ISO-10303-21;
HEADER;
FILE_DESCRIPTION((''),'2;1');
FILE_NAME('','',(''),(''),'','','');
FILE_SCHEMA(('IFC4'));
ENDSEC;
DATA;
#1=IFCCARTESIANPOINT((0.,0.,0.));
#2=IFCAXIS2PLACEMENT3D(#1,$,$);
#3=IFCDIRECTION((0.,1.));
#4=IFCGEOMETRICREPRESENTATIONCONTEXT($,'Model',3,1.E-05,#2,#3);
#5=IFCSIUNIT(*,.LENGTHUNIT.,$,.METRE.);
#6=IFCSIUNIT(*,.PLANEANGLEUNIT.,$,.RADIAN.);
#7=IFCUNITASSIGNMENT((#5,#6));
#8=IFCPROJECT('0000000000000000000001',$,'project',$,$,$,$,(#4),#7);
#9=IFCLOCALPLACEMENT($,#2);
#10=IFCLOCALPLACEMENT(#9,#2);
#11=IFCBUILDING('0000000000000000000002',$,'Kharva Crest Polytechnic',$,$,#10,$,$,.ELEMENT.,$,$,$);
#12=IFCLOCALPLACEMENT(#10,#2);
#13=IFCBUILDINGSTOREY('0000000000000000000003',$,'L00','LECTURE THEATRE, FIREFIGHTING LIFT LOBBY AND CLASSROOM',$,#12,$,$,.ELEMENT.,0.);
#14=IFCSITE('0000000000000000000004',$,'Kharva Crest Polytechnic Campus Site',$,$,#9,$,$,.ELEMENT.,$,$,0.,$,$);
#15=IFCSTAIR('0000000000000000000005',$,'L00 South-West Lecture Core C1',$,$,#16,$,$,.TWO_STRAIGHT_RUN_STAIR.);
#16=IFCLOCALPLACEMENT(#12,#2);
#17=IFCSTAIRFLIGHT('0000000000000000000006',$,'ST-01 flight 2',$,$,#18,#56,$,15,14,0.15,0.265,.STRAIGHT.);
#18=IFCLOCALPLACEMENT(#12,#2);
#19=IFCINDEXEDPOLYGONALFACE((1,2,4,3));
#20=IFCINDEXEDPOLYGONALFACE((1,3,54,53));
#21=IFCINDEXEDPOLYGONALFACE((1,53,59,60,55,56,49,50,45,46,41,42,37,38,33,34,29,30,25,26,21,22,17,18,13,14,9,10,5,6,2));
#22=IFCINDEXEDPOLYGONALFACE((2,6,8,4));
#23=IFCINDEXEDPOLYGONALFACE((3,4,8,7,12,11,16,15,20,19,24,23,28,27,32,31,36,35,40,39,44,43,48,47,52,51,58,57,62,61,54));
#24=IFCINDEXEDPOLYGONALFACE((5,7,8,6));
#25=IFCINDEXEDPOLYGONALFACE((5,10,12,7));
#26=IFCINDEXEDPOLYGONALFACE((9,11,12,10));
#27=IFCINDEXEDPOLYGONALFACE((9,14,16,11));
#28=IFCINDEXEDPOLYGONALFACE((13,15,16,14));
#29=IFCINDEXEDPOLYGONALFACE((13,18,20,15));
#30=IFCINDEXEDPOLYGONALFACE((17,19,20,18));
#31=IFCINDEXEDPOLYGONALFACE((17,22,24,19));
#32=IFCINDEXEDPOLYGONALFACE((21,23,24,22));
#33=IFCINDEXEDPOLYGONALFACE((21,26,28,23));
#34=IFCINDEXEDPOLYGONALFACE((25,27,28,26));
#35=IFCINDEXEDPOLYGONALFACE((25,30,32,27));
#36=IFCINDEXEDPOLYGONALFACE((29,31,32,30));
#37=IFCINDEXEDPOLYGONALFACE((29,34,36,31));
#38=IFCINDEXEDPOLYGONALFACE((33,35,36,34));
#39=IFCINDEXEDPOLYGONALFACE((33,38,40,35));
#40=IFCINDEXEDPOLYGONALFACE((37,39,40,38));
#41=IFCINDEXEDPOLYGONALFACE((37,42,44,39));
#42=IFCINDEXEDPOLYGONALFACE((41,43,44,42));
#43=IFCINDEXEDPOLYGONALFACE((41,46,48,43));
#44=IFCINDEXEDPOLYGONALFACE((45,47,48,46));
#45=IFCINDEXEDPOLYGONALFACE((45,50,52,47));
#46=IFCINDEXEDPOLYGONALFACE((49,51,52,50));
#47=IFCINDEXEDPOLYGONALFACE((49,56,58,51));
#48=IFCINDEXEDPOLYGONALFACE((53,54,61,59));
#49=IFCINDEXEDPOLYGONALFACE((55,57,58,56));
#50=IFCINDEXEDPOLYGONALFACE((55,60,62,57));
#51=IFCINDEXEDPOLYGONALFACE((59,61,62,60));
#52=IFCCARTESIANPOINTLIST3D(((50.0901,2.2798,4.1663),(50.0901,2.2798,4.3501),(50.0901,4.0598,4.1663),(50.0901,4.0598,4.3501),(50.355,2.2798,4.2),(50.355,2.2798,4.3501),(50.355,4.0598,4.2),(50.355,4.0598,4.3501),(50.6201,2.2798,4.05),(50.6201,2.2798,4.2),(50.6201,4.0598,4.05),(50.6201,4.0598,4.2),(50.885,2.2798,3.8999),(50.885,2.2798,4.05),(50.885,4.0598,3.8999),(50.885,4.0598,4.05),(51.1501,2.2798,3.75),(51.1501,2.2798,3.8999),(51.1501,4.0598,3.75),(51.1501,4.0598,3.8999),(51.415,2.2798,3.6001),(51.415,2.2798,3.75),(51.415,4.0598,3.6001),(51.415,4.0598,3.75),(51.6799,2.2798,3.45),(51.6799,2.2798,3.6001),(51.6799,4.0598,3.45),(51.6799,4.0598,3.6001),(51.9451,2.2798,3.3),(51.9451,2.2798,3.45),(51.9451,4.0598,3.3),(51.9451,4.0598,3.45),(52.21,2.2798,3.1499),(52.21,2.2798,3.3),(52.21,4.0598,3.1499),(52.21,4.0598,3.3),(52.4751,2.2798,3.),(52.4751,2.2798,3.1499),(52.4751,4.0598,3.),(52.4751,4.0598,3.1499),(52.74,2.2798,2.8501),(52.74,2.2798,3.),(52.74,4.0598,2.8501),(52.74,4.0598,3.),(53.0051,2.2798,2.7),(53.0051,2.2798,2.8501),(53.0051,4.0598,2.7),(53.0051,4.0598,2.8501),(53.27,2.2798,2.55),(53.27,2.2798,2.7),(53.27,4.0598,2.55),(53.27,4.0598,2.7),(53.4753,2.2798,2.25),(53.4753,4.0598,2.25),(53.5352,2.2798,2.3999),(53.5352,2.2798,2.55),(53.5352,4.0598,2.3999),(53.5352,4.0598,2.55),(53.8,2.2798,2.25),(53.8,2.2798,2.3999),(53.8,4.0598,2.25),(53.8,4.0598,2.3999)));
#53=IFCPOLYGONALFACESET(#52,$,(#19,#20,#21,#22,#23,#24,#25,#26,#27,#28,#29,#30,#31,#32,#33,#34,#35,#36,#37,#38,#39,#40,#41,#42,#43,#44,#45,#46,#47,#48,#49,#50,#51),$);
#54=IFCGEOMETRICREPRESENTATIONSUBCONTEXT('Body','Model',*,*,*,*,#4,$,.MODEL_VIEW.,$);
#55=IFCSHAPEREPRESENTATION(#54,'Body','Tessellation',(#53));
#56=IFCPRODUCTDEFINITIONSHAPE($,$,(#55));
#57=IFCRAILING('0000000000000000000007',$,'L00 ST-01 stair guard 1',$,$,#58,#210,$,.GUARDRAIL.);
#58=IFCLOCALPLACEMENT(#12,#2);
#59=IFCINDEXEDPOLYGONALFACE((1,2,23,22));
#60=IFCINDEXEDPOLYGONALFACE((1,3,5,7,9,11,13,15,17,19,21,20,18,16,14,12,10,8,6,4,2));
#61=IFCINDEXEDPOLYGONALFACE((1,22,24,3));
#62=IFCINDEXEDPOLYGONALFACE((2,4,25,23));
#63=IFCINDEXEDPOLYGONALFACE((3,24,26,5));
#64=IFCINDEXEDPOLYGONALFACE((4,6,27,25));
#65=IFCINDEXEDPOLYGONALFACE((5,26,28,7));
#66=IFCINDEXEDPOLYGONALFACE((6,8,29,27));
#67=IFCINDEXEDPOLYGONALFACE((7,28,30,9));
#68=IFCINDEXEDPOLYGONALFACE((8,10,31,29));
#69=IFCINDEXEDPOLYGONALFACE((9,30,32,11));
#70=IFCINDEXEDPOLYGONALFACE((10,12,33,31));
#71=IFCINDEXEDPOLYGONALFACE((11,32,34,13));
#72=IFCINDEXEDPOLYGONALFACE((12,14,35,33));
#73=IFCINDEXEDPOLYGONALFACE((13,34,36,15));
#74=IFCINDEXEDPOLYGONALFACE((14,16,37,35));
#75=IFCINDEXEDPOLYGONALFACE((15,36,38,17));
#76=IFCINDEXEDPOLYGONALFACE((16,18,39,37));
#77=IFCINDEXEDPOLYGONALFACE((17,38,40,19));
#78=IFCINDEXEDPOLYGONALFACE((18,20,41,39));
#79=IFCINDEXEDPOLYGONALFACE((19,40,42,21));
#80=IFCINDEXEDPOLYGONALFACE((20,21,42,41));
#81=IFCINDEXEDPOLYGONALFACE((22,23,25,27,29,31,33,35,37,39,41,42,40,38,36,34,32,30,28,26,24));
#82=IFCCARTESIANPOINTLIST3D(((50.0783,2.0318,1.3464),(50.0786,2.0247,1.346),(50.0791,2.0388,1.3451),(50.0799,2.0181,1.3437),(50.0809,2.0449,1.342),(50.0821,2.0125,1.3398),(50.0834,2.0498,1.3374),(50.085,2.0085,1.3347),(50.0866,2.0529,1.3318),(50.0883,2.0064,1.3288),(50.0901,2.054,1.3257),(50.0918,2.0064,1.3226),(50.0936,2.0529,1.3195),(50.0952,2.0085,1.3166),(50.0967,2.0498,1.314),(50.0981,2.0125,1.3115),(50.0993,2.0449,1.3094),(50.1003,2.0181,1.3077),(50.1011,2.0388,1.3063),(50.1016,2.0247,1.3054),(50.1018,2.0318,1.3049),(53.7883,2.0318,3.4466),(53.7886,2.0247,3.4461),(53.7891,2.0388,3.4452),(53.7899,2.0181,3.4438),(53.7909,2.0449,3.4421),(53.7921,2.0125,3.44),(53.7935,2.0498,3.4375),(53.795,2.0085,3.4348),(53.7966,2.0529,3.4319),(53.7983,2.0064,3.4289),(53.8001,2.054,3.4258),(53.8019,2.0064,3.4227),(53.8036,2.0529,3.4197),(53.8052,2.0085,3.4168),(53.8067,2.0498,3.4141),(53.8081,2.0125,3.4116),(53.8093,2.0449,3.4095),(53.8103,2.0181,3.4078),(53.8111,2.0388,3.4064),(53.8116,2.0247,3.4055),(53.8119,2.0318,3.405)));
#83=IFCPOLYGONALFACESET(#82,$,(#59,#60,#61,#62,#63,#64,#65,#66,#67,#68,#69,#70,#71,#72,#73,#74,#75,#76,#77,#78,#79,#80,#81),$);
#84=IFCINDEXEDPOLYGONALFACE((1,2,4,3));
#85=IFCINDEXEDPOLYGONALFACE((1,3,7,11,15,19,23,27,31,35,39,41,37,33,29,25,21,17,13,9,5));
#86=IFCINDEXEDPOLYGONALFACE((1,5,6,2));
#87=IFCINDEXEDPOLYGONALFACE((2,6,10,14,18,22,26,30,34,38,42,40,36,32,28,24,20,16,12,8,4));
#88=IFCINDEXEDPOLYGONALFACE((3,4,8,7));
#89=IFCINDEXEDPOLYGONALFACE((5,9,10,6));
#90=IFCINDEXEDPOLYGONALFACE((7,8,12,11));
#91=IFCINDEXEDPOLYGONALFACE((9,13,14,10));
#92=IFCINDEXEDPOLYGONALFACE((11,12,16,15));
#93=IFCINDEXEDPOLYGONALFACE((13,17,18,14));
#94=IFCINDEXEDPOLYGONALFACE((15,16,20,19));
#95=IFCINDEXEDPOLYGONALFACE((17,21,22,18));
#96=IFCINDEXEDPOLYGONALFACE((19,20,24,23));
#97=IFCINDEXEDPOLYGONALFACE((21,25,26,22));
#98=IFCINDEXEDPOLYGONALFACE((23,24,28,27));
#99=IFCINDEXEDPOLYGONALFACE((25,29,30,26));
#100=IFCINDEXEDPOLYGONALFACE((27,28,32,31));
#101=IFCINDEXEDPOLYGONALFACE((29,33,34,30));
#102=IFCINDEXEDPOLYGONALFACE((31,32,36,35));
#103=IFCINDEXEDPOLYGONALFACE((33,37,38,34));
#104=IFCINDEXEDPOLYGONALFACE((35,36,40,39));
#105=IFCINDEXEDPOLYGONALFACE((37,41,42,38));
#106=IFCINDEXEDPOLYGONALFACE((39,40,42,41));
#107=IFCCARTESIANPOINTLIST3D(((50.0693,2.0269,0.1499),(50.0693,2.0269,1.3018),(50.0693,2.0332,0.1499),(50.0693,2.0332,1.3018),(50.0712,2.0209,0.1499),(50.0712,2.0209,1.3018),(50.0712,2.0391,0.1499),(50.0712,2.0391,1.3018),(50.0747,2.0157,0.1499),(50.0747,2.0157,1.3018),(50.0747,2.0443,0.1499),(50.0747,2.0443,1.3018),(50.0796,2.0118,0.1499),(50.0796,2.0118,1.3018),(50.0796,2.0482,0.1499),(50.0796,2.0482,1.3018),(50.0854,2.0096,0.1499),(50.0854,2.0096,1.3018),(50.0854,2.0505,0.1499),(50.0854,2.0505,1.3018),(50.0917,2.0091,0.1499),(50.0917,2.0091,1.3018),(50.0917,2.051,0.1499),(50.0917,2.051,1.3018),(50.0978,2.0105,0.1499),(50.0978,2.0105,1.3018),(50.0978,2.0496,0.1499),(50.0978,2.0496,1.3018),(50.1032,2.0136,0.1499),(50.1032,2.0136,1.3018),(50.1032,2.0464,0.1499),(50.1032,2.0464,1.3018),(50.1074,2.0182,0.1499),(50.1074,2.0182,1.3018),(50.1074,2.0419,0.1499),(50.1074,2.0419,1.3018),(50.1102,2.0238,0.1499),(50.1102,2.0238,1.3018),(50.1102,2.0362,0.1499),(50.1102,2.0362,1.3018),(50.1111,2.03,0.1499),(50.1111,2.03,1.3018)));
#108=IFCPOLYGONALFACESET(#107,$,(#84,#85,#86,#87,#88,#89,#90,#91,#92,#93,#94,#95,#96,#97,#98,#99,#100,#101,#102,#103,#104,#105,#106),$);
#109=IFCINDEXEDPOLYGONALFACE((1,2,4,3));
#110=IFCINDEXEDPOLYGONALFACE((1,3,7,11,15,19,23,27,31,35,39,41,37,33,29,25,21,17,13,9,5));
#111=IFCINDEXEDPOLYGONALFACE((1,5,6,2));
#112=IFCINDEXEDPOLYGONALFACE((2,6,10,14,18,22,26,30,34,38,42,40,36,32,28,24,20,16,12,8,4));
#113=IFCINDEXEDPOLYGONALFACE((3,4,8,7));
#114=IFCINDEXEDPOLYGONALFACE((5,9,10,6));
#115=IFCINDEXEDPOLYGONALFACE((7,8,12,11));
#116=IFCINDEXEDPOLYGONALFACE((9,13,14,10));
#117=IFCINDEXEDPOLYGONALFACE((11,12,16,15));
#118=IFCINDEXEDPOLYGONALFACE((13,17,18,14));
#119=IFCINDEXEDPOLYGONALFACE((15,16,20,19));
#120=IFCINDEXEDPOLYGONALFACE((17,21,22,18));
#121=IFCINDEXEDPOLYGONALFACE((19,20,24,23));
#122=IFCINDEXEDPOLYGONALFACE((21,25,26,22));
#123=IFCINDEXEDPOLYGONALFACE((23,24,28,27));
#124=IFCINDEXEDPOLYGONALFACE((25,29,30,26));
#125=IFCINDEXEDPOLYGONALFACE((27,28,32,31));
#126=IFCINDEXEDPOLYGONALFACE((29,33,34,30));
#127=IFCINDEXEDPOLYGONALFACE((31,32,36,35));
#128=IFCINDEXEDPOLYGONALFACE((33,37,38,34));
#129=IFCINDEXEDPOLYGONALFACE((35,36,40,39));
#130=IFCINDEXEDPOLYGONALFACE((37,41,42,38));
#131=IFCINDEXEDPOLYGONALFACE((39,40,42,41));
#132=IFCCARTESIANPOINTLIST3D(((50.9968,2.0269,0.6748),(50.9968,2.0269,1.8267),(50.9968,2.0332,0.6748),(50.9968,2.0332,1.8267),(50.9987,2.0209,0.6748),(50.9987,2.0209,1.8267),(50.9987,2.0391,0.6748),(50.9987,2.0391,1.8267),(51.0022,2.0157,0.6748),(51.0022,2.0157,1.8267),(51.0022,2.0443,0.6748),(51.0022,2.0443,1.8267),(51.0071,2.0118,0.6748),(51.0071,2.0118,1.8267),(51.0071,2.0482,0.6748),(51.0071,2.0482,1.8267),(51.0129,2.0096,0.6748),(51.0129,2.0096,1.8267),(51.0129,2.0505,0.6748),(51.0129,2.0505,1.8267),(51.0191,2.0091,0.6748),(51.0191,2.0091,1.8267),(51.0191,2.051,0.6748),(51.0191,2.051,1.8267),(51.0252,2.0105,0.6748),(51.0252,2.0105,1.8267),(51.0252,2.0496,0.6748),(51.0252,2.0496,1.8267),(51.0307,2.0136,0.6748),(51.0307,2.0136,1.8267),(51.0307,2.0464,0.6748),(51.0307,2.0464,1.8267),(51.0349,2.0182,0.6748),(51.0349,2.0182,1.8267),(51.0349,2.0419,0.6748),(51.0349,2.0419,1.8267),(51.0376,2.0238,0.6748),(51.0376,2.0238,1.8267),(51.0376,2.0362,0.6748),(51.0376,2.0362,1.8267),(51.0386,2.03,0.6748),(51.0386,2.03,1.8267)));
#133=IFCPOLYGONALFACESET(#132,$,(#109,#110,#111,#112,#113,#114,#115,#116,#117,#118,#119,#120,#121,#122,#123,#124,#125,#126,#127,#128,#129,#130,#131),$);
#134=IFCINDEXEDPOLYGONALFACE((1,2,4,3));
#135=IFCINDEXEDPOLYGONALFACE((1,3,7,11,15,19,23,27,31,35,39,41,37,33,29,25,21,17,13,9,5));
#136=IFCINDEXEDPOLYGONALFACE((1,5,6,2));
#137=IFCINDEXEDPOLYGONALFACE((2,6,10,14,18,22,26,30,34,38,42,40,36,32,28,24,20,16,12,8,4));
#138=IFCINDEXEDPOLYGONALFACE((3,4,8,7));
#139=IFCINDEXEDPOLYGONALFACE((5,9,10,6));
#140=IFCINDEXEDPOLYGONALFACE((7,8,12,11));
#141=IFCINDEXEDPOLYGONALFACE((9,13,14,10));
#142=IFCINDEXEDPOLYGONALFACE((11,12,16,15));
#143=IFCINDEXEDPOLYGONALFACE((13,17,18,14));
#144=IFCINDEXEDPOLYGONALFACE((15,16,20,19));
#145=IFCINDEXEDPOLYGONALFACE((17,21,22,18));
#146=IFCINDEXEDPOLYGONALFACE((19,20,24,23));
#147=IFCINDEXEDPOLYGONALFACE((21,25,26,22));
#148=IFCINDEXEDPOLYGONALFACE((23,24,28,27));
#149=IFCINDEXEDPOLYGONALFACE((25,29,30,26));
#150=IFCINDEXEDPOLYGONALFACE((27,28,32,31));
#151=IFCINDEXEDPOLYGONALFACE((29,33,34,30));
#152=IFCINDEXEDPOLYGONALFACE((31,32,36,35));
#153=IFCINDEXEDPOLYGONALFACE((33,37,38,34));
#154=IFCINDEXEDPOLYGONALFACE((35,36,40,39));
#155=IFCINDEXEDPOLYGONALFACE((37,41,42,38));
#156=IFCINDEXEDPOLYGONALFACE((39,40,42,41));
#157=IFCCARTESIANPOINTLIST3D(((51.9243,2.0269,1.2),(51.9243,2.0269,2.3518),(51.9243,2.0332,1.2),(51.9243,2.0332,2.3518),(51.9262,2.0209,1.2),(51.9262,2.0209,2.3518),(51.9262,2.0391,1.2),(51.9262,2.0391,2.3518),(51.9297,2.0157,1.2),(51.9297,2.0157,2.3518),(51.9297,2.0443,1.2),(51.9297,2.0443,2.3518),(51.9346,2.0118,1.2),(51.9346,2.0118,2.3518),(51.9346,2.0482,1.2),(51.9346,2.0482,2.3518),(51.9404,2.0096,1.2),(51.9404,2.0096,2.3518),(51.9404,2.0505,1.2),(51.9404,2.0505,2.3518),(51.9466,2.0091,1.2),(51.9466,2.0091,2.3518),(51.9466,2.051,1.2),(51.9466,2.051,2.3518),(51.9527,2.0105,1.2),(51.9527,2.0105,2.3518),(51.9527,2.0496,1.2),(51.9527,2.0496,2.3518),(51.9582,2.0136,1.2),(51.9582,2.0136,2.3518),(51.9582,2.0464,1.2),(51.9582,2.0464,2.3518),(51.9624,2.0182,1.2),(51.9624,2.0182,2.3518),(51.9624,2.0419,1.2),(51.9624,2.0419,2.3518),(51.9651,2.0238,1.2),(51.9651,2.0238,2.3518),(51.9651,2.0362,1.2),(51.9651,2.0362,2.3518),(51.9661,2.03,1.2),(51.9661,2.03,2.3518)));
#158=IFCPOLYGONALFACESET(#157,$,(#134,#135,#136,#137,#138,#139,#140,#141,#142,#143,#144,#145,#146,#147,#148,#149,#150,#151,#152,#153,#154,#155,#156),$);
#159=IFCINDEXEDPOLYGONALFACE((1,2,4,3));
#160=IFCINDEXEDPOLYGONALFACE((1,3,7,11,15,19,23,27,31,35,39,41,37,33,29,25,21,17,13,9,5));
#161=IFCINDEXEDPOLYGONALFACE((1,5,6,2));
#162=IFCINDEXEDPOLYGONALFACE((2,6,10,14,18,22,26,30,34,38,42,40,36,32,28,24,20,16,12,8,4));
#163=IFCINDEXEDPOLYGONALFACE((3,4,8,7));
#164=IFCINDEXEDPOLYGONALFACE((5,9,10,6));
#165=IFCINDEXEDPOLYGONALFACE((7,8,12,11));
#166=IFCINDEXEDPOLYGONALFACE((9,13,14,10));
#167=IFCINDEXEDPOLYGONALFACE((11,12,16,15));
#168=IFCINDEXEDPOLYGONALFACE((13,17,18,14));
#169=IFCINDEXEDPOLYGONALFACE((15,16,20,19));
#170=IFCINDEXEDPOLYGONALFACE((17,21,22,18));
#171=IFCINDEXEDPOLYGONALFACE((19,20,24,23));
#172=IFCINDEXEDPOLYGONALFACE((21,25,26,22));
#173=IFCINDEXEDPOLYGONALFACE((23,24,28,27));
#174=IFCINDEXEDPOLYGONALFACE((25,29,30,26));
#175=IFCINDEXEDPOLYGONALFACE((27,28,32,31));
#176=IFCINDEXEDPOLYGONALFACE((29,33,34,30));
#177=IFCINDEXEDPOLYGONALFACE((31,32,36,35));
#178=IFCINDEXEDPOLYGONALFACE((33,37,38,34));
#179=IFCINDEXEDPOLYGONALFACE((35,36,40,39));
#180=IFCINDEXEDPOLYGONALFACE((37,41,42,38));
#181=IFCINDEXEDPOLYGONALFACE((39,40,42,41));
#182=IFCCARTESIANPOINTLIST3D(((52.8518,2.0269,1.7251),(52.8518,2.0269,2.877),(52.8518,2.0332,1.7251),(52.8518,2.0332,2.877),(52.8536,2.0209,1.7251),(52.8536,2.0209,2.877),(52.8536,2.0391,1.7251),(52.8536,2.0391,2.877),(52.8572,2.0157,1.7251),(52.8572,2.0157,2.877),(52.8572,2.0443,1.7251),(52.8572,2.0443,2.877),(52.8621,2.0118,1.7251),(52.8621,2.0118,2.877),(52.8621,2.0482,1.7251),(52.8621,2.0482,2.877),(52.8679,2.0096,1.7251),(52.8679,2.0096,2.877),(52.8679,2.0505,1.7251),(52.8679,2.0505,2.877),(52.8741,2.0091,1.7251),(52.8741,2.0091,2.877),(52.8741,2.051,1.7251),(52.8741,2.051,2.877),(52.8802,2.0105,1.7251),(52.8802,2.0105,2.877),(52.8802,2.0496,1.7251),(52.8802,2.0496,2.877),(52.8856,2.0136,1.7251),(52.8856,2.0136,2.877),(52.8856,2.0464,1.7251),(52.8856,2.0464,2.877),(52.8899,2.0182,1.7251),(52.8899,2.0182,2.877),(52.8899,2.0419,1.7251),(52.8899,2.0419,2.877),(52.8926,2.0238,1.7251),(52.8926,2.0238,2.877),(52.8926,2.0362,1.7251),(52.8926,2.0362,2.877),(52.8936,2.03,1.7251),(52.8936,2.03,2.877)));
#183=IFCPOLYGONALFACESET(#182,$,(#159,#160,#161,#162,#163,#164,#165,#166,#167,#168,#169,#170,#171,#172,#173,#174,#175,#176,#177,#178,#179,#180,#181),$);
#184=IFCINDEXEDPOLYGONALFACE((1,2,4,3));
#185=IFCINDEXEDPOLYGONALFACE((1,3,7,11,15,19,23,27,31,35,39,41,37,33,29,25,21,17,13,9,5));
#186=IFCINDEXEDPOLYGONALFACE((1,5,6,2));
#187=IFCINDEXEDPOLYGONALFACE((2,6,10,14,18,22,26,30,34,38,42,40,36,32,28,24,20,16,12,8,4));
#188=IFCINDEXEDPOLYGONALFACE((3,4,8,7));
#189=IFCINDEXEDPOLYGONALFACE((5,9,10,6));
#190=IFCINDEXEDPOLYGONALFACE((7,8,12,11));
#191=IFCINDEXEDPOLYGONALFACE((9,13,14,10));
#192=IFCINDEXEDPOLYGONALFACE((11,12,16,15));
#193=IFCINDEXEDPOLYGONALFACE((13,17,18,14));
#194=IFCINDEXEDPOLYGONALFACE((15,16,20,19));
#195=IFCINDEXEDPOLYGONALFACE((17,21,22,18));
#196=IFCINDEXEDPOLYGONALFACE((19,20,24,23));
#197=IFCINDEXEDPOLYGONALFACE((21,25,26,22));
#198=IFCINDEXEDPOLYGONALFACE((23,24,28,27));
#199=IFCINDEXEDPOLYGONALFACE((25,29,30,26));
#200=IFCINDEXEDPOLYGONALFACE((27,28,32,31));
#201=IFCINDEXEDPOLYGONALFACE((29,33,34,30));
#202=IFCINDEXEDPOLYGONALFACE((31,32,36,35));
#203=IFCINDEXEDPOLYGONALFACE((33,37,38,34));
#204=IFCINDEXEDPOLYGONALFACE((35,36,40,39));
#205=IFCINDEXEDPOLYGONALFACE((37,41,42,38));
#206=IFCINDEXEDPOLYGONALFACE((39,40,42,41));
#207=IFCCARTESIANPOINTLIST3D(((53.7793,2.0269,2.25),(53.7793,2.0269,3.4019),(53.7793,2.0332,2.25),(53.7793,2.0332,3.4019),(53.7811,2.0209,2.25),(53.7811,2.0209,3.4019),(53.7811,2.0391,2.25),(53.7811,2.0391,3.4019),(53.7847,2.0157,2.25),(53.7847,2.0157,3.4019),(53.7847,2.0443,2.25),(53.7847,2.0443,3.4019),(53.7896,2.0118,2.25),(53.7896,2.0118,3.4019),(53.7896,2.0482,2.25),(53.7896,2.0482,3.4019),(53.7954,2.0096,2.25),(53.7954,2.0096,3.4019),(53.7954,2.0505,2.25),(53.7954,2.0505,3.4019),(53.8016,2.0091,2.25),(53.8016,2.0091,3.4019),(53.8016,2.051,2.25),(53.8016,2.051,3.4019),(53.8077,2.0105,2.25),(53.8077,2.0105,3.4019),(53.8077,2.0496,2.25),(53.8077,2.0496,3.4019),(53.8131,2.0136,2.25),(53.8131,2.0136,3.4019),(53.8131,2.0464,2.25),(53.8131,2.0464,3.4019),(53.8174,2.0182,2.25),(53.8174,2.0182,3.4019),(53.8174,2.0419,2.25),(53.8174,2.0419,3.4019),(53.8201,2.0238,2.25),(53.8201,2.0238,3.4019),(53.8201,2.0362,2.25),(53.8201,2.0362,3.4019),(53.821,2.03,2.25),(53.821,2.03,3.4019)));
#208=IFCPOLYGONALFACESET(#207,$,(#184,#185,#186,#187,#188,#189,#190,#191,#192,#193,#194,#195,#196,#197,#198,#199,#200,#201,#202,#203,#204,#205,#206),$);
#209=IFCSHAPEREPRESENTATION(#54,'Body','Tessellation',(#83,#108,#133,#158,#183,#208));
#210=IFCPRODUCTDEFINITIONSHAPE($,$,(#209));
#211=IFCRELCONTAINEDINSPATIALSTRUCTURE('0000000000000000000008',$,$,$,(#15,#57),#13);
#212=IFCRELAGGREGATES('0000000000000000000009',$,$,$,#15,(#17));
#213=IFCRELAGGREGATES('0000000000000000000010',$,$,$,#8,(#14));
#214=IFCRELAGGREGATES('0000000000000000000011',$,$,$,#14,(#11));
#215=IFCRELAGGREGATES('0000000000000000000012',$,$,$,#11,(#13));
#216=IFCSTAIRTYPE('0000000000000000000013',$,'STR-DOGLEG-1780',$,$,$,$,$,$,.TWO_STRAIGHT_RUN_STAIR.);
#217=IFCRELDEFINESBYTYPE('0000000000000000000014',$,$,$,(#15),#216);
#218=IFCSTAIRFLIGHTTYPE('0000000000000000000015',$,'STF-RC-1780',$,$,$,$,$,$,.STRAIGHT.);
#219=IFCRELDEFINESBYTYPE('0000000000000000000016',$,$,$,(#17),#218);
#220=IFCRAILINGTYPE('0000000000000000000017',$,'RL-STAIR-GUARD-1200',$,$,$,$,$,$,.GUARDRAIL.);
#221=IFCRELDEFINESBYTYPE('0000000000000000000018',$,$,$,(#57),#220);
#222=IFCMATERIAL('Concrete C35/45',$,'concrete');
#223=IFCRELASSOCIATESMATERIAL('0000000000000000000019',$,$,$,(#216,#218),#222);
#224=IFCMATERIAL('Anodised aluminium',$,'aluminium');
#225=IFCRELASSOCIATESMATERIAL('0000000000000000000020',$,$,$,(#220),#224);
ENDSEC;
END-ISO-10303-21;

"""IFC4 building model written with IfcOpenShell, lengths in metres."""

from ifc_helpers import new_model, si_unit, direction, frame, origin, origin_2d, place, context, subcontext, project, spatial, polyline, circle, outline, extrude, material, type_object, element, aggregate, save


model = new_model("IFC4")

# Units and contexts
model_context = context("Model", 3, precision=1e-05, world=origin(), true_north=direction((0.0, 1.0)))
body_context = subcontext(model_context, "Body", "Model", "MODEL_VIEW")
ifc_project = project(units=[si_unit("LENGTHUNIT", "METRE"), si_unit("PLANEANGLEUNIT", "RADIAN")], contexts=[model_context])

# Site, building, storey
site_placement = place(None, origin())
site = spatial("IfcSite", under=ifc_project, at=site_placement, Name="Kharva Crest Polytechnic Campus Site", CompositionType="ELEMENT", RefElevation=0.0)
building_placement = place(site_placement, origin())
building = spatial("IfcBuilding", under=site, at=building_placement, Name="Kharva Crest Polytechnic", CompositionType="ELEMENT")
storey_placement = place(building_placement, origin())
storey = spatial("IfcBuildingStorey", under=building, at=storey_placement, Name="L00", Description="LECTURE THEATRE, FIREFIGHTING LIFT LOBBY AND CLASSROOM", CompositionType="ELEMENT", Elevation=0.0)

# Shared definitions
ifc_material_1 = material(Name="Concrete C35/45", Category="concrete")

# Shared definitions
ifc_material_2 = material(Name="Anodised aluminium", Category="aluminium")

# Stair, stair flight
stair_type = type_object("IfcStairType", Name="STR-DOGLEG-1780", PredefinedType="TWO_STRAIGHT_RUN_STAIR", material=ifc_material_1)
stair_placement = place(storey_placement, origin())
stair = element("IfcStair", 1, at=stair_placement, inside=storey, type_object=stair_type, Name="L00 South-West Lecture Core C1", PredefinedType="TWO_STRAIGHT_RUN_STAIR")
stair_flight_type = type_object("IfcStairFlightType", Name="STF-RC-1780", PredefinedType="STRAIGHT", material=ifc_material_1)
stair_flight_1_placement = place(storey_placement, frame((53.8, 3.1699, 2.25), z_axis=(0.0, 0.0, 1.0), x_axis=(-1.0, 0.0, 0.0)))
stair_flight_1 = element("IfcStairFlight", 2, at=stair_flight_1_placement, type_object=stair_flight_type, Name="ST-01 flight 2", NumberOfRisers=15, NumberOfTreads=14, PredefinedType="STRAIGHT", RiserHeight=0.15, TreadLength=0.265, context=body_context, shape_type="SweptSolid", body=[
    extrude(outline(polyline([(0.0, 0.0), (0.0, 0.1499), (0.2649, 0.1499), (0.2649, 0.3), (0.53, 0.3), (0.53, 0.45), (0.7949, 0.45), (0.7949, 0.6001), (1.0601, 0.6001), (1.0601, 0.75), (1.325, 0.75), (1.325, 0.8999), (1.5901, 0.8999), (1.5901, 1.05), (1.855, 1.05), (1.855, 1.2), (2.1201, 1.2), (2.1201, 1.3501), (2.385, 1.3501), (2.385, 1.5), (2.6499, 1.5), (2.6499, 1.6499), (2.915, 1.6499), (2.915, 1.8), (3.1799, 1.8), (3.1799, 1.95), (3.4451, 1.95), (3.4451, 2.1001), (3.71, 2.1001), (3.71, 2.25), (3.71, 1.9163), (0.3247, 0.0), (0.0, 0.0)])), frame((0.0, 0.8901, 0.0), z_axis=(0.0, -1.0, 0.0), x_axis=(1.0, 0.0, 0.0)), (0.0, 0.0, 1.0), 1.78),
])
aggregate(stair, [stair_flight_1])

# Railing
railing_type_1 = type_object("IfcRailingType", Name="RL-STAIR-GUARD-1200", PredefinedType="GUARDRAIL", material=ifc_material_2)
railing_1_placement = place(storey_placement, frame((50.0901, 2.03, 0.1499)))
element("IfcRailing", 3, at=railing_1_placement, inside=storey, type_object=railing_type_1, Name="L00 ST-01 stair guard 1", PredefinedType="GUARDRAIL", context=body_context, shape_type="SweptSolid", body=[
    extrude(circle(Radius=0.0239, at=origin_2d()), frame((0.0, 0.0, 1.1758), z_axis=(0.870245, 0.0, 0.492619), x_axis=(0.0, 1.0, 0.0)), (0.0, 0.0, 1.0), 4.2632),
    extrude(circle(Radius=0.021, at=origin_2d()), origin(), (0.0, 0.0, 1.0), 1.1519),
    extrude(circle(Radius=0.021, at=origin_2d()), frame((0.9275, 0.0, 0.5249)), (0.0, 0.0, 1.0), 1.1519),
    extrude(circle(Radius=0.021, at=origin_2d()), frame((1.855, 0.0, 1.05)), (0.0, 0.0, 1.0), 1.1519),
    extrude(circle(Radius=0.021, at=origin_2d()), frame((2.7825, 0.0, 1.5752)), (0.0, 0.0, 1.0), 1.1519),
    extrude(circle(Radius=0.021, at=origin_2d()), frame((3.71, 0.0, 2.1001)), (0.0, 0.0, 1.0), 1.1519),
])

save(model, "model.ifc")
